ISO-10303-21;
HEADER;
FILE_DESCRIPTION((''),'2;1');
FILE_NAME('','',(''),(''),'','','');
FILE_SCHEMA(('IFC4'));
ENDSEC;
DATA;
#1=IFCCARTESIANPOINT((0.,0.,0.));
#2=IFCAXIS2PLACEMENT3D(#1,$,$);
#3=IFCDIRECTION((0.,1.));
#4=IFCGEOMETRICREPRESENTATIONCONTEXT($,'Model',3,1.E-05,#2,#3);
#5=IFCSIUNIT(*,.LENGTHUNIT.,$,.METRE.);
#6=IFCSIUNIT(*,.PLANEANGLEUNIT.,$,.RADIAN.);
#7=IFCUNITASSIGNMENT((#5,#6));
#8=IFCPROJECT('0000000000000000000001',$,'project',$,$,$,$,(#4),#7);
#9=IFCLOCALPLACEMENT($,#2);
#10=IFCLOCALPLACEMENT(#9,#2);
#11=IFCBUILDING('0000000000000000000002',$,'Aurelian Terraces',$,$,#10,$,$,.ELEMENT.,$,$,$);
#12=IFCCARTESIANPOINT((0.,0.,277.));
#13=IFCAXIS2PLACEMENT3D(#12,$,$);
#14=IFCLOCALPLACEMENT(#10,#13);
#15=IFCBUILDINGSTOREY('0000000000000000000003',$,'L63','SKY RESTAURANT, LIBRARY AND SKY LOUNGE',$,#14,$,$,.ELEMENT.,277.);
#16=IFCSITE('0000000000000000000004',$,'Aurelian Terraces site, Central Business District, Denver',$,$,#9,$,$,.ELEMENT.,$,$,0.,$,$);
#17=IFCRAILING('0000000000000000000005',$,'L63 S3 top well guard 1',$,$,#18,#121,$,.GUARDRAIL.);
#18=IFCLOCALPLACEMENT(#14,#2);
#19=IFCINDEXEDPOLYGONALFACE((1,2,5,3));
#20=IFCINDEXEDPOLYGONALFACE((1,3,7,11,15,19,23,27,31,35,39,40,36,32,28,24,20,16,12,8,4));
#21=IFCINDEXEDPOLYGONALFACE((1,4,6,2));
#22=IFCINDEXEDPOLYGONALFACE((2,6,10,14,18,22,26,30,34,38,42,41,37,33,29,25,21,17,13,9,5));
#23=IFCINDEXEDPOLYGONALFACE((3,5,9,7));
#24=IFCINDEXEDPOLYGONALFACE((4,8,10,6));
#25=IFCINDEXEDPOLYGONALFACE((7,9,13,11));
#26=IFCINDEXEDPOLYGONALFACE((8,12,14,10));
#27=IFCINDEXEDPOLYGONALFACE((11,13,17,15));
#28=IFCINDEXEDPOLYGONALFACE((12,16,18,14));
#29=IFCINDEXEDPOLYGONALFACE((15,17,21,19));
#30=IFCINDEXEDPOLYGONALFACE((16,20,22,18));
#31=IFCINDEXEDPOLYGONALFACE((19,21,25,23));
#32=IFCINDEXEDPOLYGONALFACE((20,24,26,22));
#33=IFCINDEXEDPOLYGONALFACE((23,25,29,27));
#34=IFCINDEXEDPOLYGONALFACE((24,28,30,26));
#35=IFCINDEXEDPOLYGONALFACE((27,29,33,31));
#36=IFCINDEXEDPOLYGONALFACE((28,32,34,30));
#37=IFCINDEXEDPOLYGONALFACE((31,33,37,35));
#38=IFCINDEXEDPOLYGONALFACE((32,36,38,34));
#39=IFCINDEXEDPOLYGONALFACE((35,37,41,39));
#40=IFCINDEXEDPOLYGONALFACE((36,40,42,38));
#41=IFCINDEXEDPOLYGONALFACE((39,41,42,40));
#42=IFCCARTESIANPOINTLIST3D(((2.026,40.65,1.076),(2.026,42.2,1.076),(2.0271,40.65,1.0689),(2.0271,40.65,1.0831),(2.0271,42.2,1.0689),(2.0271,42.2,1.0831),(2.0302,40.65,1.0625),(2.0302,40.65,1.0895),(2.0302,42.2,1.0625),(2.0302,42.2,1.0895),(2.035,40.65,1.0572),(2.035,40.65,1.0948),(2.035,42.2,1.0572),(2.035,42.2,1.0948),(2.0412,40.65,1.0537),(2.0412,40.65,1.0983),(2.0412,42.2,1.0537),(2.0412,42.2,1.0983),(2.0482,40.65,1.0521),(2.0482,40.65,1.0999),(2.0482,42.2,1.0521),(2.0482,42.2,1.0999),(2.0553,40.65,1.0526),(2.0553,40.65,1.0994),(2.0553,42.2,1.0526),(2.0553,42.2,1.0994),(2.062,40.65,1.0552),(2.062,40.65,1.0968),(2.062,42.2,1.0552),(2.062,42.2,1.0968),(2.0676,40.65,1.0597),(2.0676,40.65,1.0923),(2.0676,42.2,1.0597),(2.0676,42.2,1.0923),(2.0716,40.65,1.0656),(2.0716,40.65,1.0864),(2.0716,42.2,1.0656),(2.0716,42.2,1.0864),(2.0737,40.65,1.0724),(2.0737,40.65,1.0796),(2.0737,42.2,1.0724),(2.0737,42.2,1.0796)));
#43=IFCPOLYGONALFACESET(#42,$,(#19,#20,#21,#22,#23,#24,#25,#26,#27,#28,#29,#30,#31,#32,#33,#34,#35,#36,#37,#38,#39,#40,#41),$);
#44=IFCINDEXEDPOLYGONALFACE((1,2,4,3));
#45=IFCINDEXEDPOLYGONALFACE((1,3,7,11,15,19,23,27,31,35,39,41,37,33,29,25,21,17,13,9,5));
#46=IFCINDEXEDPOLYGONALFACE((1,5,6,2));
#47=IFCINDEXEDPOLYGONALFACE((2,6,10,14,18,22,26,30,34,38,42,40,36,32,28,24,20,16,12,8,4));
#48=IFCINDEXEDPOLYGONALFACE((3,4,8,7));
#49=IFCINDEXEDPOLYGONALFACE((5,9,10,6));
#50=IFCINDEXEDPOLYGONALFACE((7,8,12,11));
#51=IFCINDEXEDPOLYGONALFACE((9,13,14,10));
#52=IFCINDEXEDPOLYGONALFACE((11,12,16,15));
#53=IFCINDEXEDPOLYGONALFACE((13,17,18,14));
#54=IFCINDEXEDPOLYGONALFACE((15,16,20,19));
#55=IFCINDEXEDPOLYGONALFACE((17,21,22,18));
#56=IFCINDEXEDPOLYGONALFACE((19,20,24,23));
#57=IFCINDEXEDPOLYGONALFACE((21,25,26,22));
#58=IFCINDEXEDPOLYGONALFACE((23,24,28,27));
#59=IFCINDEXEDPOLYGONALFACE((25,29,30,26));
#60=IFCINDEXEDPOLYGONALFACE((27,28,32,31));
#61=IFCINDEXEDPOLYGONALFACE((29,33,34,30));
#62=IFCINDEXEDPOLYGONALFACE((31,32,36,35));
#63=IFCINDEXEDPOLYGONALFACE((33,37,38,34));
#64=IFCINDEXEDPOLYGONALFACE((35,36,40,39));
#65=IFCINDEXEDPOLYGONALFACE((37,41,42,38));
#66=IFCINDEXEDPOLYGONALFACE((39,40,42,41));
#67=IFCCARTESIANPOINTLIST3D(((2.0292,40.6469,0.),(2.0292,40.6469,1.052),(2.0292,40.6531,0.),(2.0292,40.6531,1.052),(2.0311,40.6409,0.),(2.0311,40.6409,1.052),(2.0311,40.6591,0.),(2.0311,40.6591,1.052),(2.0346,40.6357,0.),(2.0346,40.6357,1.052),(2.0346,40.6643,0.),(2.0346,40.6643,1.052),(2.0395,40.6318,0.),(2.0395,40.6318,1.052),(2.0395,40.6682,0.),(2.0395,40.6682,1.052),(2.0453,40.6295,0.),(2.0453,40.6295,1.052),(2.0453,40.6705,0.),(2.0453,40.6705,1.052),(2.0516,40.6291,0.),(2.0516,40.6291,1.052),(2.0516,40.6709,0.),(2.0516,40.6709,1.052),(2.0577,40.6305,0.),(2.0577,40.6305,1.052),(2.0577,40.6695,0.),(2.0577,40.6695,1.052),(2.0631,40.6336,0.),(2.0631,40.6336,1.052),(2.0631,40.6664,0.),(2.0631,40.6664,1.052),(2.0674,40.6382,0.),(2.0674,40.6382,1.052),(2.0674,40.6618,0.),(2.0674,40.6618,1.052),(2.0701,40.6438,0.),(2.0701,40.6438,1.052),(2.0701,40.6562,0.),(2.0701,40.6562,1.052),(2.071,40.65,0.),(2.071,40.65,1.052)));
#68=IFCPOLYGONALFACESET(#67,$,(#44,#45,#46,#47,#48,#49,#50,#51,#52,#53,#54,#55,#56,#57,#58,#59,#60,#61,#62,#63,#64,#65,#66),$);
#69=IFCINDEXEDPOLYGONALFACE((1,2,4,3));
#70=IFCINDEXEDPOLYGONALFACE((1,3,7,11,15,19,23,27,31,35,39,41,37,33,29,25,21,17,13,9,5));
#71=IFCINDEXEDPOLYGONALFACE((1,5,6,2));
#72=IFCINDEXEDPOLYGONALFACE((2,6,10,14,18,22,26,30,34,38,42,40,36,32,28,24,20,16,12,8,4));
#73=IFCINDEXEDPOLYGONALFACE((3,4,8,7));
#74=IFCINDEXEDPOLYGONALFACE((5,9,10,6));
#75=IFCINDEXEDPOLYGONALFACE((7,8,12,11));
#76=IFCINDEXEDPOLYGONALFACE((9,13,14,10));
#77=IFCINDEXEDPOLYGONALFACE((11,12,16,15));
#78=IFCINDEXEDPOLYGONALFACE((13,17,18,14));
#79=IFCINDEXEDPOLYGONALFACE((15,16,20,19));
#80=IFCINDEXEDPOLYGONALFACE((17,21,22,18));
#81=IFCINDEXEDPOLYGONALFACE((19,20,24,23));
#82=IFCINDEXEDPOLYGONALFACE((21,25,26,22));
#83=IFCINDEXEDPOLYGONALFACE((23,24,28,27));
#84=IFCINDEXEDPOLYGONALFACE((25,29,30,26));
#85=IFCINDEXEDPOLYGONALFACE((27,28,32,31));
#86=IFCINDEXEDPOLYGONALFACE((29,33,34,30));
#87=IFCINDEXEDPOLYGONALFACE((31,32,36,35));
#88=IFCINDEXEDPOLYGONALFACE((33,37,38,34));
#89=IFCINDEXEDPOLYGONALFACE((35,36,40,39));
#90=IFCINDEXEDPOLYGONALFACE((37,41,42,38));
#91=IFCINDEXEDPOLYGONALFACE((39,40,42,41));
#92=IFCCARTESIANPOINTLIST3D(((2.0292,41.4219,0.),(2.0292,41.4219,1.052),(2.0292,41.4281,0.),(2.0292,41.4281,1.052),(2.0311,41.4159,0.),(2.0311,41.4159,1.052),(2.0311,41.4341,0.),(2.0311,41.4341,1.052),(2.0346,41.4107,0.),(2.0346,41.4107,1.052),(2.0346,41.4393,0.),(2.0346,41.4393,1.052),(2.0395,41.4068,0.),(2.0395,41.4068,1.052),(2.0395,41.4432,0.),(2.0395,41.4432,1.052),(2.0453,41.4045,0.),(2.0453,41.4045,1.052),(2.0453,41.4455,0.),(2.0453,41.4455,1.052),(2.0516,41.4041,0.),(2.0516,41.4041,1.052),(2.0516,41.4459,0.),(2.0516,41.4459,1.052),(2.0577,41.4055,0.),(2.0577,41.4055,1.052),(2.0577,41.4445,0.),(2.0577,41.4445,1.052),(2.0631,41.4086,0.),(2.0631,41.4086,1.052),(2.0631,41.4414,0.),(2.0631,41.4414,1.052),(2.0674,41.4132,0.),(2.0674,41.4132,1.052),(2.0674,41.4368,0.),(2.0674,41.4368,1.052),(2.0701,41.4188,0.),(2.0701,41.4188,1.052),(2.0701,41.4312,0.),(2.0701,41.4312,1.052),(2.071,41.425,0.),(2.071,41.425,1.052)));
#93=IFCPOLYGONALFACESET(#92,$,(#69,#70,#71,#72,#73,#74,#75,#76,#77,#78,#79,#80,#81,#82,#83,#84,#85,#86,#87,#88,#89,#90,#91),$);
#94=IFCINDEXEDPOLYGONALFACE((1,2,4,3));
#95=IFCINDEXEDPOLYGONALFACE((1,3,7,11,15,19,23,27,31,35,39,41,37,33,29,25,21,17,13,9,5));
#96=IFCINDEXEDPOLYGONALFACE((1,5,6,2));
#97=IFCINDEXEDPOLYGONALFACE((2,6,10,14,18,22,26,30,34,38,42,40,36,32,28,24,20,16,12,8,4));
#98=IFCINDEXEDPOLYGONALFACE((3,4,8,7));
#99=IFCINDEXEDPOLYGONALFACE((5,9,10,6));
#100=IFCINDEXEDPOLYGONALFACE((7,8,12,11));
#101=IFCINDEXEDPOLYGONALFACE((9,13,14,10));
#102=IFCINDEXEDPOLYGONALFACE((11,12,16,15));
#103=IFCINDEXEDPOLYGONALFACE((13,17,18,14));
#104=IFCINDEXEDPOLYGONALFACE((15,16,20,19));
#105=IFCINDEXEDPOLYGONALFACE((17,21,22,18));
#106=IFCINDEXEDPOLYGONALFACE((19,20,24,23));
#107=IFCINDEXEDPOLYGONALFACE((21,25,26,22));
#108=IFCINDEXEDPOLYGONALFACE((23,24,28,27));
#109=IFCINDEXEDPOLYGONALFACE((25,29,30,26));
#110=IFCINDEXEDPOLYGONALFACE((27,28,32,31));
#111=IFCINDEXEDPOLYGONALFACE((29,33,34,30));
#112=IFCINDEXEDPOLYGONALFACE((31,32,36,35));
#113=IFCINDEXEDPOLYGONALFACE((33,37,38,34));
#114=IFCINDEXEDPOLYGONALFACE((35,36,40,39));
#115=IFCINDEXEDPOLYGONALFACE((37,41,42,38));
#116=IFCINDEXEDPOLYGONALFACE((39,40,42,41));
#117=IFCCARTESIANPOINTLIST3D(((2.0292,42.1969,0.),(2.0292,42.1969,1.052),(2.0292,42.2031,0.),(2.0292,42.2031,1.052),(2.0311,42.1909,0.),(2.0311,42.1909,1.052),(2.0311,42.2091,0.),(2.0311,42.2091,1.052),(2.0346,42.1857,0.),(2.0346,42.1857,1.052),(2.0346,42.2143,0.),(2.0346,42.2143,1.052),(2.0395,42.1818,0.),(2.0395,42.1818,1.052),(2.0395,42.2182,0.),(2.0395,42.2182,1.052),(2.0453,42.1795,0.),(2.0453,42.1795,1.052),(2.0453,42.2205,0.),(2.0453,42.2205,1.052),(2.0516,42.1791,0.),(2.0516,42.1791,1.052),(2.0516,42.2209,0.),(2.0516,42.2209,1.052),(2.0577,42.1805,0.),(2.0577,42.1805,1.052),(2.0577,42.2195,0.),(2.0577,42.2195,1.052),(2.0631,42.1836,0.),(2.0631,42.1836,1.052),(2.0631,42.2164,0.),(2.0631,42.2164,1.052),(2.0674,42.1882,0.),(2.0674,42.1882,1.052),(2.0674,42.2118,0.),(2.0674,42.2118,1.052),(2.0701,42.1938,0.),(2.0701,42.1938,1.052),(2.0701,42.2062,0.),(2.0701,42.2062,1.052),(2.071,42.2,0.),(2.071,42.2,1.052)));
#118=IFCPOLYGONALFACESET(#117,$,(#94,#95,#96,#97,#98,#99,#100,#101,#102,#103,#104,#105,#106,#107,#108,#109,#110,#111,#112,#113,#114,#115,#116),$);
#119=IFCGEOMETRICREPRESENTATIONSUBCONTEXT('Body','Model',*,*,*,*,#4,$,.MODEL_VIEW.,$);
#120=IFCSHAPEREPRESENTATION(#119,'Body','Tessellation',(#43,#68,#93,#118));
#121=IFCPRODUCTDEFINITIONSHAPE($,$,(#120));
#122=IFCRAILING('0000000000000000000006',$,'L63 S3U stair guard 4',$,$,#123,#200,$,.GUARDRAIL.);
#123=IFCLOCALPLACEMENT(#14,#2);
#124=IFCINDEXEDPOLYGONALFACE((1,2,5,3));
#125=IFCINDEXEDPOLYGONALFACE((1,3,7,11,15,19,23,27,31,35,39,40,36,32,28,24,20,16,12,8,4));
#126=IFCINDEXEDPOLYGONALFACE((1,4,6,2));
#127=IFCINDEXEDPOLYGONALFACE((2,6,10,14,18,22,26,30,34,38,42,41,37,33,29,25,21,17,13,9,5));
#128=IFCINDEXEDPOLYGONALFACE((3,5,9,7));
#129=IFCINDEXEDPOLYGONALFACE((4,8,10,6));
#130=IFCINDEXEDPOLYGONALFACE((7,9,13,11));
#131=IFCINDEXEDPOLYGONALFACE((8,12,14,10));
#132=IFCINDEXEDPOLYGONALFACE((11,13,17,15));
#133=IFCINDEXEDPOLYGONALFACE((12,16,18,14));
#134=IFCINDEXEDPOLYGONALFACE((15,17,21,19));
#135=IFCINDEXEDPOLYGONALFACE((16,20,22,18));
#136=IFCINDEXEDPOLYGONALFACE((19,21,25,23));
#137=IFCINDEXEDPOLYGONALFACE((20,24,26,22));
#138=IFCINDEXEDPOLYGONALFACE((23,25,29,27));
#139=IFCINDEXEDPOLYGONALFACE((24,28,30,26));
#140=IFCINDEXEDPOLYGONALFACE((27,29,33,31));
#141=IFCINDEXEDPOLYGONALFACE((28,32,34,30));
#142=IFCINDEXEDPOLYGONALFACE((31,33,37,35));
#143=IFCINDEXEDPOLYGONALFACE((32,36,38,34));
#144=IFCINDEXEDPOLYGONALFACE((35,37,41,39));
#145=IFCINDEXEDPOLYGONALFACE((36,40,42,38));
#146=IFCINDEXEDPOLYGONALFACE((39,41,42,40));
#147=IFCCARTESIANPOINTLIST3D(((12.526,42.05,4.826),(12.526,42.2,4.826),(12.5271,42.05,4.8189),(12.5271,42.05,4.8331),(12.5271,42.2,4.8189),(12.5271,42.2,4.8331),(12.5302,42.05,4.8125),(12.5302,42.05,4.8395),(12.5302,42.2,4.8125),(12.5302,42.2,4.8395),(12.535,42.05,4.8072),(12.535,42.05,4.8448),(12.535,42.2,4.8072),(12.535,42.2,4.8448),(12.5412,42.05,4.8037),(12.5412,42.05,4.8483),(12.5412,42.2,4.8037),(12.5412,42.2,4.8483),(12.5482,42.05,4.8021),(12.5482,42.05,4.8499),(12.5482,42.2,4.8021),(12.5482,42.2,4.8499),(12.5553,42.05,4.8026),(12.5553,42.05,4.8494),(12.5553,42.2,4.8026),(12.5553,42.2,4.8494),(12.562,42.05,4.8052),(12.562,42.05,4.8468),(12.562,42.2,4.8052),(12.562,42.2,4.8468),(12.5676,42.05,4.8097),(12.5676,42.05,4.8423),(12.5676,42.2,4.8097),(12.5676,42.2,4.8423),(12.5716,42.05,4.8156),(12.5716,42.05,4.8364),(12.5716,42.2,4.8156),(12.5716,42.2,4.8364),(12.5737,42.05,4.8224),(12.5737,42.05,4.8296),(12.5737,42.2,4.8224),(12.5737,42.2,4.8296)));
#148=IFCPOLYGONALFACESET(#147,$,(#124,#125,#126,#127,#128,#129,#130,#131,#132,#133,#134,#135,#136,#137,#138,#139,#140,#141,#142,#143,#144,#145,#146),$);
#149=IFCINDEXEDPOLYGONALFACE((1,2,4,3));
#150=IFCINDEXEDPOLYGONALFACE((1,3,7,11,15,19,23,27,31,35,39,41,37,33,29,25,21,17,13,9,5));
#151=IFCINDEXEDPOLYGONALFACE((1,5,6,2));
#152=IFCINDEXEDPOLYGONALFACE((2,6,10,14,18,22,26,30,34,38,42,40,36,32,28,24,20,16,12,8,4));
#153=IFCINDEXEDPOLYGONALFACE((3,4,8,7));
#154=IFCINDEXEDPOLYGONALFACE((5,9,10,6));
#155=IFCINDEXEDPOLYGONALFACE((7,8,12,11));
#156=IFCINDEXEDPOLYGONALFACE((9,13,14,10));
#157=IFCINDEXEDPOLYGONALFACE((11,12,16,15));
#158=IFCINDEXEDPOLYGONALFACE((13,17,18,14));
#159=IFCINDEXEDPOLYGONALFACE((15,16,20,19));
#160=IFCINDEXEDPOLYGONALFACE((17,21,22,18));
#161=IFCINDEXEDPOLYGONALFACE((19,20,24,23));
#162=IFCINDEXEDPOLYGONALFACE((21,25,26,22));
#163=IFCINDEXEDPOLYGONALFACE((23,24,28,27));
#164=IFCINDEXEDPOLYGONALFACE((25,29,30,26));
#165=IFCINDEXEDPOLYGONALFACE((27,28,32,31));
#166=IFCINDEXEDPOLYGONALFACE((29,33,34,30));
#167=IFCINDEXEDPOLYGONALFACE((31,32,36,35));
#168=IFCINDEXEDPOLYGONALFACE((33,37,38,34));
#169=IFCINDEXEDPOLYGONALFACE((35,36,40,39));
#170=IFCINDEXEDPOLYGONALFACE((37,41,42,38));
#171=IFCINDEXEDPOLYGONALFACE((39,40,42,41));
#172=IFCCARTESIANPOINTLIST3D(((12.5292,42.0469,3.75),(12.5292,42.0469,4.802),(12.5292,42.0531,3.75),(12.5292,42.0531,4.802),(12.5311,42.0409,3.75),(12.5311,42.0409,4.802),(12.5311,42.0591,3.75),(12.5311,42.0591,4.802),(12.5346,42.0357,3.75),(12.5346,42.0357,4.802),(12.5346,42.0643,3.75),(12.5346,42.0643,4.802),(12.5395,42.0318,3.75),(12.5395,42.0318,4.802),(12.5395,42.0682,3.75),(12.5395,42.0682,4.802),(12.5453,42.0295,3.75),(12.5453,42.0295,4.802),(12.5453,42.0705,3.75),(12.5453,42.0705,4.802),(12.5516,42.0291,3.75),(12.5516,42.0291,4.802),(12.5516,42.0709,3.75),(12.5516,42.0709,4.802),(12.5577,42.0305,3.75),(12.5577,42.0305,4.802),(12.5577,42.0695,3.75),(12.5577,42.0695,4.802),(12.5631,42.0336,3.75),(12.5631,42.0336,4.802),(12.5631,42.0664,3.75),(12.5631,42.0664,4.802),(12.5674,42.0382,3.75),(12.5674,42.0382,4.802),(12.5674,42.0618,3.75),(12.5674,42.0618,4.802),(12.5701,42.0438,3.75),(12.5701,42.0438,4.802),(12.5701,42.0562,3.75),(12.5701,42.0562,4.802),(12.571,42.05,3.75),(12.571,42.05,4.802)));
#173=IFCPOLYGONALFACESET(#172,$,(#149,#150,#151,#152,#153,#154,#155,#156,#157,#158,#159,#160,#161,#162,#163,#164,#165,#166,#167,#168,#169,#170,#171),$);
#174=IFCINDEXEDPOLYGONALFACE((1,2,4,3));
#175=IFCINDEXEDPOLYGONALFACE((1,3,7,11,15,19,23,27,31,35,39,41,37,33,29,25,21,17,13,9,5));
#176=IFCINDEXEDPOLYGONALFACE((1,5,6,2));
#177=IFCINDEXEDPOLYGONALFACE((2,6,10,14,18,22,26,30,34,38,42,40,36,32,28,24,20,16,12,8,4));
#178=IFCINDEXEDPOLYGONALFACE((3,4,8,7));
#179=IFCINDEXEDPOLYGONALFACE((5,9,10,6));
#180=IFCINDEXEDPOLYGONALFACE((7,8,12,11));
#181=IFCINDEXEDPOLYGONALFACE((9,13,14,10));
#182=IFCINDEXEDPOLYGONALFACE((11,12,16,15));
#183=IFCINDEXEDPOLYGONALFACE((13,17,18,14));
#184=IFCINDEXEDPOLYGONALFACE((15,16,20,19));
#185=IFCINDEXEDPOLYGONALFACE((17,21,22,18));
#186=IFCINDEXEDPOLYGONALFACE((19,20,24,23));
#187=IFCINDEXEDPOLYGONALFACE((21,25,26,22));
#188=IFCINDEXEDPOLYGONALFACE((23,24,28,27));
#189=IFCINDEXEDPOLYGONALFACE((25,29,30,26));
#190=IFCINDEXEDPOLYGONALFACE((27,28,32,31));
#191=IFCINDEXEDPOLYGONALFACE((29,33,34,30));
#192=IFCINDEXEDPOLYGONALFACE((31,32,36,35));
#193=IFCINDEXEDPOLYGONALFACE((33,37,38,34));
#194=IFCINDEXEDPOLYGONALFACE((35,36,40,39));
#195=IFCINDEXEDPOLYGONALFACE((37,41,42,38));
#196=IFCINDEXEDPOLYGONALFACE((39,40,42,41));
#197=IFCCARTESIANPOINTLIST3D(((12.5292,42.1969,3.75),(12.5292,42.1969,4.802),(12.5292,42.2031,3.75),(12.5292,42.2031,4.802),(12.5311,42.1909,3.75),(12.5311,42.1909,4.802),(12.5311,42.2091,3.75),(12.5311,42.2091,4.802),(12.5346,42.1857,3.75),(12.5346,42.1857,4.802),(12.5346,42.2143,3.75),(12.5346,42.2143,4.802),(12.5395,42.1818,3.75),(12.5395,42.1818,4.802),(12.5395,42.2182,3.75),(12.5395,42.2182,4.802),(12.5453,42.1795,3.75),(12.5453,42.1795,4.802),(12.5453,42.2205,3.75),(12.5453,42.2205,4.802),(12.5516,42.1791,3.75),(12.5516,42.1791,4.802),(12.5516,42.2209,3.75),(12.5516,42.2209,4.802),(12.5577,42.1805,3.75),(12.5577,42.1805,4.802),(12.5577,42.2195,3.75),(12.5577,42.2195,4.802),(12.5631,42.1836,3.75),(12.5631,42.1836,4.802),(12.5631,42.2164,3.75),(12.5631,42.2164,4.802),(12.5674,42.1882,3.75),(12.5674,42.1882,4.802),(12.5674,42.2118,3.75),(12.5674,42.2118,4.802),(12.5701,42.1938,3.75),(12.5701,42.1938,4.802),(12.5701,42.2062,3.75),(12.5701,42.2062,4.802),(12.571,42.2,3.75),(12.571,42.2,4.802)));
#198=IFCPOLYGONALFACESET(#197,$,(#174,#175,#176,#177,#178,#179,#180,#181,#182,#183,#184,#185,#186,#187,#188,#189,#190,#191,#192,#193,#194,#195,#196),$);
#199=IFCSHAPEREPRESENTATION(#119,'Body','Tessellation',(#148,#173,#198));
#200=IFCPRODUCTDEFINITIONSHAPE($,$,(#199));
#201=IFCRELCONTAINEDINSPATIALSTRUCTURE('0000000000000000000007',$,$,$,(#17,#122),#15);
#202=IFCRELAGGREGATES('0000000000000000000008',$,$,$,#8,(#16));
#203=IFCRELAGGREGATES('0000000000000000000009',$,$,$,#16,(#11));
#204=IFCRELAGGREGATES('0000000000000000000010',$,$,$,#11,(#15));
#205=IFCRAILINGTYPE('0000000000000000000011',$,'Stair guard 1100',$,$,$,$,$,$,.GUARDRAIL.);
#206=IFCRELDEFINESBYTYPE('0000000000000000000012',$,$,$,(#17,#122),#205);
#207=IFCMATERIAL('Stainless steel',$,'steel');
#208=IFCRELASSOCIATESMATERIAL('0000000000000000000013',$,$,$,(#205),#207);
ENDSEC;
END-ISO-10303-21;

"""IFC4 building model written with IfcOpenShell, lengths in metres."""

from ifc_helpers import new_model, si_unit, direction, frame, origin, origin_2d, place, context, subcontext, project, spatial, circle, extrude, source, transform, mapped, material, type_object, element, save


model = new_model("IFC4")

# Units and contexts
model_context = context("Model", 3, precision=1e-05, world=origin(), true_north=direction((0.0, 1.0)))
body_context = subcontext(model_context, "Body", "Model", "MODEL_VIEW")
ifc_project = project(units=[si_unit("LENGTHUNIT", "METRE"), si_unit("PLANEANGLEUNIT", "RADIAN")], contexts=[model_context])

# Site, building, storey
site_placement = place(None, origin())
site = spatial("IfcSite", under=ifc_project, at=site_placement, Name="Aurelian Terraces site, Central Business District, Denver", CompositionType="ELEMENT", RefElevation=0.0)
building_placement = place(site_placement, origin())
building = spatial("IfcBuilding", under=site, at=building_placement, Name="Aurelian Terraces", CompositionType="ELEMENT")
storey_placement = place(building_placement, frame((0.0, 0.0, 277.0)))
storey = spatial("IfcBuildingStorey", under=building, at=storey_placement, Name="L63", Description="SKY RESTAURANT, LIBRARY AND SKY LOUNGE", CompositionType="ELEMENT", Elevation=277.0)

# Railings
ifc_material_1 = material(Name="Stainless steel", Category="steel")
railing_type_1 = type_object("IfcRailingType", Name="Stair guard 1100", PredefinedType="GUARDRAIL", material=ifc_material_1)
railing_1_placement = place(storey_placement, frame((2.05, 40.65, 0.0)))
element("IfcRailing", 1, at=railing_1_placement, inside=storey, type_object=railing_type_1, Name="L63 S3 top well guard 1", PredefinedType="GUARDRAIL", context=body_context, shape_type="SweptSolid", body=[
    extrude(circle(Radius=0.024, at=origin_2d()), frame((0.0, 0.0, 1.076), z_axis=(0.0, 1.0, 0.0), x_axis=(-1.0, 0.0, 0.0)), (0.0, 0.0, 1.0), 1.55),
    extrude(circle(Radius=0.021, at=origin_2d()), origin(), (0.0, 0.0, 1.0), 1.052),
    extrude(circle(Radius=0.021, at=origin_2d()), frame((0.0, 0.775, 0.0)), (0.0, 0.0, 1.0), 1.052),
    extrude(circle(Radius=0.021, at=origin_2d()), frame((0.0, 1.55, 0.0)), (0.0, 0.0, 1.0), 1.052),
])
shared_shape_1 = source(origin(), body_context, "Body", "SweptSolid", [
    extrude(circle(Radius=0.024, at=origin_2d()), frame((0.0, 0.0, 1.076), z_axis=(0.0, 1.0, 0.0), x_axis=(-1.0, 0.0, 0.0)), (0.0, 0.0, 1.0), 0.15),
    extrude(circle(Radius=0.021, at=origin_2d()), origin(), (0.0, 0.0, 1.0), 1.052),
    extrude(circle(Radius=0.021, at=origin_2d()), frame((0.0, 0.15, 0.0)), (0.0, 0.0, 1.0), 1.052),
])
for number, where, name in (
    (2, (12.55, 42.05, 3.75), "L63 S3U stair guard 4"),
):
    element("IfcRailing", number, at=place(storey_placement, frame(where)), inside=storey, type_object=railing_type_1, Name=name, PredefinedType="GUARDRAIL", context=body_context, shape_type="MappedRepresentation", body=[
        mapped(shared_shape_1, transform((0.0, 0.0, 0.0), scale=1.0)),
    ])

save(model, "model.ifc")
